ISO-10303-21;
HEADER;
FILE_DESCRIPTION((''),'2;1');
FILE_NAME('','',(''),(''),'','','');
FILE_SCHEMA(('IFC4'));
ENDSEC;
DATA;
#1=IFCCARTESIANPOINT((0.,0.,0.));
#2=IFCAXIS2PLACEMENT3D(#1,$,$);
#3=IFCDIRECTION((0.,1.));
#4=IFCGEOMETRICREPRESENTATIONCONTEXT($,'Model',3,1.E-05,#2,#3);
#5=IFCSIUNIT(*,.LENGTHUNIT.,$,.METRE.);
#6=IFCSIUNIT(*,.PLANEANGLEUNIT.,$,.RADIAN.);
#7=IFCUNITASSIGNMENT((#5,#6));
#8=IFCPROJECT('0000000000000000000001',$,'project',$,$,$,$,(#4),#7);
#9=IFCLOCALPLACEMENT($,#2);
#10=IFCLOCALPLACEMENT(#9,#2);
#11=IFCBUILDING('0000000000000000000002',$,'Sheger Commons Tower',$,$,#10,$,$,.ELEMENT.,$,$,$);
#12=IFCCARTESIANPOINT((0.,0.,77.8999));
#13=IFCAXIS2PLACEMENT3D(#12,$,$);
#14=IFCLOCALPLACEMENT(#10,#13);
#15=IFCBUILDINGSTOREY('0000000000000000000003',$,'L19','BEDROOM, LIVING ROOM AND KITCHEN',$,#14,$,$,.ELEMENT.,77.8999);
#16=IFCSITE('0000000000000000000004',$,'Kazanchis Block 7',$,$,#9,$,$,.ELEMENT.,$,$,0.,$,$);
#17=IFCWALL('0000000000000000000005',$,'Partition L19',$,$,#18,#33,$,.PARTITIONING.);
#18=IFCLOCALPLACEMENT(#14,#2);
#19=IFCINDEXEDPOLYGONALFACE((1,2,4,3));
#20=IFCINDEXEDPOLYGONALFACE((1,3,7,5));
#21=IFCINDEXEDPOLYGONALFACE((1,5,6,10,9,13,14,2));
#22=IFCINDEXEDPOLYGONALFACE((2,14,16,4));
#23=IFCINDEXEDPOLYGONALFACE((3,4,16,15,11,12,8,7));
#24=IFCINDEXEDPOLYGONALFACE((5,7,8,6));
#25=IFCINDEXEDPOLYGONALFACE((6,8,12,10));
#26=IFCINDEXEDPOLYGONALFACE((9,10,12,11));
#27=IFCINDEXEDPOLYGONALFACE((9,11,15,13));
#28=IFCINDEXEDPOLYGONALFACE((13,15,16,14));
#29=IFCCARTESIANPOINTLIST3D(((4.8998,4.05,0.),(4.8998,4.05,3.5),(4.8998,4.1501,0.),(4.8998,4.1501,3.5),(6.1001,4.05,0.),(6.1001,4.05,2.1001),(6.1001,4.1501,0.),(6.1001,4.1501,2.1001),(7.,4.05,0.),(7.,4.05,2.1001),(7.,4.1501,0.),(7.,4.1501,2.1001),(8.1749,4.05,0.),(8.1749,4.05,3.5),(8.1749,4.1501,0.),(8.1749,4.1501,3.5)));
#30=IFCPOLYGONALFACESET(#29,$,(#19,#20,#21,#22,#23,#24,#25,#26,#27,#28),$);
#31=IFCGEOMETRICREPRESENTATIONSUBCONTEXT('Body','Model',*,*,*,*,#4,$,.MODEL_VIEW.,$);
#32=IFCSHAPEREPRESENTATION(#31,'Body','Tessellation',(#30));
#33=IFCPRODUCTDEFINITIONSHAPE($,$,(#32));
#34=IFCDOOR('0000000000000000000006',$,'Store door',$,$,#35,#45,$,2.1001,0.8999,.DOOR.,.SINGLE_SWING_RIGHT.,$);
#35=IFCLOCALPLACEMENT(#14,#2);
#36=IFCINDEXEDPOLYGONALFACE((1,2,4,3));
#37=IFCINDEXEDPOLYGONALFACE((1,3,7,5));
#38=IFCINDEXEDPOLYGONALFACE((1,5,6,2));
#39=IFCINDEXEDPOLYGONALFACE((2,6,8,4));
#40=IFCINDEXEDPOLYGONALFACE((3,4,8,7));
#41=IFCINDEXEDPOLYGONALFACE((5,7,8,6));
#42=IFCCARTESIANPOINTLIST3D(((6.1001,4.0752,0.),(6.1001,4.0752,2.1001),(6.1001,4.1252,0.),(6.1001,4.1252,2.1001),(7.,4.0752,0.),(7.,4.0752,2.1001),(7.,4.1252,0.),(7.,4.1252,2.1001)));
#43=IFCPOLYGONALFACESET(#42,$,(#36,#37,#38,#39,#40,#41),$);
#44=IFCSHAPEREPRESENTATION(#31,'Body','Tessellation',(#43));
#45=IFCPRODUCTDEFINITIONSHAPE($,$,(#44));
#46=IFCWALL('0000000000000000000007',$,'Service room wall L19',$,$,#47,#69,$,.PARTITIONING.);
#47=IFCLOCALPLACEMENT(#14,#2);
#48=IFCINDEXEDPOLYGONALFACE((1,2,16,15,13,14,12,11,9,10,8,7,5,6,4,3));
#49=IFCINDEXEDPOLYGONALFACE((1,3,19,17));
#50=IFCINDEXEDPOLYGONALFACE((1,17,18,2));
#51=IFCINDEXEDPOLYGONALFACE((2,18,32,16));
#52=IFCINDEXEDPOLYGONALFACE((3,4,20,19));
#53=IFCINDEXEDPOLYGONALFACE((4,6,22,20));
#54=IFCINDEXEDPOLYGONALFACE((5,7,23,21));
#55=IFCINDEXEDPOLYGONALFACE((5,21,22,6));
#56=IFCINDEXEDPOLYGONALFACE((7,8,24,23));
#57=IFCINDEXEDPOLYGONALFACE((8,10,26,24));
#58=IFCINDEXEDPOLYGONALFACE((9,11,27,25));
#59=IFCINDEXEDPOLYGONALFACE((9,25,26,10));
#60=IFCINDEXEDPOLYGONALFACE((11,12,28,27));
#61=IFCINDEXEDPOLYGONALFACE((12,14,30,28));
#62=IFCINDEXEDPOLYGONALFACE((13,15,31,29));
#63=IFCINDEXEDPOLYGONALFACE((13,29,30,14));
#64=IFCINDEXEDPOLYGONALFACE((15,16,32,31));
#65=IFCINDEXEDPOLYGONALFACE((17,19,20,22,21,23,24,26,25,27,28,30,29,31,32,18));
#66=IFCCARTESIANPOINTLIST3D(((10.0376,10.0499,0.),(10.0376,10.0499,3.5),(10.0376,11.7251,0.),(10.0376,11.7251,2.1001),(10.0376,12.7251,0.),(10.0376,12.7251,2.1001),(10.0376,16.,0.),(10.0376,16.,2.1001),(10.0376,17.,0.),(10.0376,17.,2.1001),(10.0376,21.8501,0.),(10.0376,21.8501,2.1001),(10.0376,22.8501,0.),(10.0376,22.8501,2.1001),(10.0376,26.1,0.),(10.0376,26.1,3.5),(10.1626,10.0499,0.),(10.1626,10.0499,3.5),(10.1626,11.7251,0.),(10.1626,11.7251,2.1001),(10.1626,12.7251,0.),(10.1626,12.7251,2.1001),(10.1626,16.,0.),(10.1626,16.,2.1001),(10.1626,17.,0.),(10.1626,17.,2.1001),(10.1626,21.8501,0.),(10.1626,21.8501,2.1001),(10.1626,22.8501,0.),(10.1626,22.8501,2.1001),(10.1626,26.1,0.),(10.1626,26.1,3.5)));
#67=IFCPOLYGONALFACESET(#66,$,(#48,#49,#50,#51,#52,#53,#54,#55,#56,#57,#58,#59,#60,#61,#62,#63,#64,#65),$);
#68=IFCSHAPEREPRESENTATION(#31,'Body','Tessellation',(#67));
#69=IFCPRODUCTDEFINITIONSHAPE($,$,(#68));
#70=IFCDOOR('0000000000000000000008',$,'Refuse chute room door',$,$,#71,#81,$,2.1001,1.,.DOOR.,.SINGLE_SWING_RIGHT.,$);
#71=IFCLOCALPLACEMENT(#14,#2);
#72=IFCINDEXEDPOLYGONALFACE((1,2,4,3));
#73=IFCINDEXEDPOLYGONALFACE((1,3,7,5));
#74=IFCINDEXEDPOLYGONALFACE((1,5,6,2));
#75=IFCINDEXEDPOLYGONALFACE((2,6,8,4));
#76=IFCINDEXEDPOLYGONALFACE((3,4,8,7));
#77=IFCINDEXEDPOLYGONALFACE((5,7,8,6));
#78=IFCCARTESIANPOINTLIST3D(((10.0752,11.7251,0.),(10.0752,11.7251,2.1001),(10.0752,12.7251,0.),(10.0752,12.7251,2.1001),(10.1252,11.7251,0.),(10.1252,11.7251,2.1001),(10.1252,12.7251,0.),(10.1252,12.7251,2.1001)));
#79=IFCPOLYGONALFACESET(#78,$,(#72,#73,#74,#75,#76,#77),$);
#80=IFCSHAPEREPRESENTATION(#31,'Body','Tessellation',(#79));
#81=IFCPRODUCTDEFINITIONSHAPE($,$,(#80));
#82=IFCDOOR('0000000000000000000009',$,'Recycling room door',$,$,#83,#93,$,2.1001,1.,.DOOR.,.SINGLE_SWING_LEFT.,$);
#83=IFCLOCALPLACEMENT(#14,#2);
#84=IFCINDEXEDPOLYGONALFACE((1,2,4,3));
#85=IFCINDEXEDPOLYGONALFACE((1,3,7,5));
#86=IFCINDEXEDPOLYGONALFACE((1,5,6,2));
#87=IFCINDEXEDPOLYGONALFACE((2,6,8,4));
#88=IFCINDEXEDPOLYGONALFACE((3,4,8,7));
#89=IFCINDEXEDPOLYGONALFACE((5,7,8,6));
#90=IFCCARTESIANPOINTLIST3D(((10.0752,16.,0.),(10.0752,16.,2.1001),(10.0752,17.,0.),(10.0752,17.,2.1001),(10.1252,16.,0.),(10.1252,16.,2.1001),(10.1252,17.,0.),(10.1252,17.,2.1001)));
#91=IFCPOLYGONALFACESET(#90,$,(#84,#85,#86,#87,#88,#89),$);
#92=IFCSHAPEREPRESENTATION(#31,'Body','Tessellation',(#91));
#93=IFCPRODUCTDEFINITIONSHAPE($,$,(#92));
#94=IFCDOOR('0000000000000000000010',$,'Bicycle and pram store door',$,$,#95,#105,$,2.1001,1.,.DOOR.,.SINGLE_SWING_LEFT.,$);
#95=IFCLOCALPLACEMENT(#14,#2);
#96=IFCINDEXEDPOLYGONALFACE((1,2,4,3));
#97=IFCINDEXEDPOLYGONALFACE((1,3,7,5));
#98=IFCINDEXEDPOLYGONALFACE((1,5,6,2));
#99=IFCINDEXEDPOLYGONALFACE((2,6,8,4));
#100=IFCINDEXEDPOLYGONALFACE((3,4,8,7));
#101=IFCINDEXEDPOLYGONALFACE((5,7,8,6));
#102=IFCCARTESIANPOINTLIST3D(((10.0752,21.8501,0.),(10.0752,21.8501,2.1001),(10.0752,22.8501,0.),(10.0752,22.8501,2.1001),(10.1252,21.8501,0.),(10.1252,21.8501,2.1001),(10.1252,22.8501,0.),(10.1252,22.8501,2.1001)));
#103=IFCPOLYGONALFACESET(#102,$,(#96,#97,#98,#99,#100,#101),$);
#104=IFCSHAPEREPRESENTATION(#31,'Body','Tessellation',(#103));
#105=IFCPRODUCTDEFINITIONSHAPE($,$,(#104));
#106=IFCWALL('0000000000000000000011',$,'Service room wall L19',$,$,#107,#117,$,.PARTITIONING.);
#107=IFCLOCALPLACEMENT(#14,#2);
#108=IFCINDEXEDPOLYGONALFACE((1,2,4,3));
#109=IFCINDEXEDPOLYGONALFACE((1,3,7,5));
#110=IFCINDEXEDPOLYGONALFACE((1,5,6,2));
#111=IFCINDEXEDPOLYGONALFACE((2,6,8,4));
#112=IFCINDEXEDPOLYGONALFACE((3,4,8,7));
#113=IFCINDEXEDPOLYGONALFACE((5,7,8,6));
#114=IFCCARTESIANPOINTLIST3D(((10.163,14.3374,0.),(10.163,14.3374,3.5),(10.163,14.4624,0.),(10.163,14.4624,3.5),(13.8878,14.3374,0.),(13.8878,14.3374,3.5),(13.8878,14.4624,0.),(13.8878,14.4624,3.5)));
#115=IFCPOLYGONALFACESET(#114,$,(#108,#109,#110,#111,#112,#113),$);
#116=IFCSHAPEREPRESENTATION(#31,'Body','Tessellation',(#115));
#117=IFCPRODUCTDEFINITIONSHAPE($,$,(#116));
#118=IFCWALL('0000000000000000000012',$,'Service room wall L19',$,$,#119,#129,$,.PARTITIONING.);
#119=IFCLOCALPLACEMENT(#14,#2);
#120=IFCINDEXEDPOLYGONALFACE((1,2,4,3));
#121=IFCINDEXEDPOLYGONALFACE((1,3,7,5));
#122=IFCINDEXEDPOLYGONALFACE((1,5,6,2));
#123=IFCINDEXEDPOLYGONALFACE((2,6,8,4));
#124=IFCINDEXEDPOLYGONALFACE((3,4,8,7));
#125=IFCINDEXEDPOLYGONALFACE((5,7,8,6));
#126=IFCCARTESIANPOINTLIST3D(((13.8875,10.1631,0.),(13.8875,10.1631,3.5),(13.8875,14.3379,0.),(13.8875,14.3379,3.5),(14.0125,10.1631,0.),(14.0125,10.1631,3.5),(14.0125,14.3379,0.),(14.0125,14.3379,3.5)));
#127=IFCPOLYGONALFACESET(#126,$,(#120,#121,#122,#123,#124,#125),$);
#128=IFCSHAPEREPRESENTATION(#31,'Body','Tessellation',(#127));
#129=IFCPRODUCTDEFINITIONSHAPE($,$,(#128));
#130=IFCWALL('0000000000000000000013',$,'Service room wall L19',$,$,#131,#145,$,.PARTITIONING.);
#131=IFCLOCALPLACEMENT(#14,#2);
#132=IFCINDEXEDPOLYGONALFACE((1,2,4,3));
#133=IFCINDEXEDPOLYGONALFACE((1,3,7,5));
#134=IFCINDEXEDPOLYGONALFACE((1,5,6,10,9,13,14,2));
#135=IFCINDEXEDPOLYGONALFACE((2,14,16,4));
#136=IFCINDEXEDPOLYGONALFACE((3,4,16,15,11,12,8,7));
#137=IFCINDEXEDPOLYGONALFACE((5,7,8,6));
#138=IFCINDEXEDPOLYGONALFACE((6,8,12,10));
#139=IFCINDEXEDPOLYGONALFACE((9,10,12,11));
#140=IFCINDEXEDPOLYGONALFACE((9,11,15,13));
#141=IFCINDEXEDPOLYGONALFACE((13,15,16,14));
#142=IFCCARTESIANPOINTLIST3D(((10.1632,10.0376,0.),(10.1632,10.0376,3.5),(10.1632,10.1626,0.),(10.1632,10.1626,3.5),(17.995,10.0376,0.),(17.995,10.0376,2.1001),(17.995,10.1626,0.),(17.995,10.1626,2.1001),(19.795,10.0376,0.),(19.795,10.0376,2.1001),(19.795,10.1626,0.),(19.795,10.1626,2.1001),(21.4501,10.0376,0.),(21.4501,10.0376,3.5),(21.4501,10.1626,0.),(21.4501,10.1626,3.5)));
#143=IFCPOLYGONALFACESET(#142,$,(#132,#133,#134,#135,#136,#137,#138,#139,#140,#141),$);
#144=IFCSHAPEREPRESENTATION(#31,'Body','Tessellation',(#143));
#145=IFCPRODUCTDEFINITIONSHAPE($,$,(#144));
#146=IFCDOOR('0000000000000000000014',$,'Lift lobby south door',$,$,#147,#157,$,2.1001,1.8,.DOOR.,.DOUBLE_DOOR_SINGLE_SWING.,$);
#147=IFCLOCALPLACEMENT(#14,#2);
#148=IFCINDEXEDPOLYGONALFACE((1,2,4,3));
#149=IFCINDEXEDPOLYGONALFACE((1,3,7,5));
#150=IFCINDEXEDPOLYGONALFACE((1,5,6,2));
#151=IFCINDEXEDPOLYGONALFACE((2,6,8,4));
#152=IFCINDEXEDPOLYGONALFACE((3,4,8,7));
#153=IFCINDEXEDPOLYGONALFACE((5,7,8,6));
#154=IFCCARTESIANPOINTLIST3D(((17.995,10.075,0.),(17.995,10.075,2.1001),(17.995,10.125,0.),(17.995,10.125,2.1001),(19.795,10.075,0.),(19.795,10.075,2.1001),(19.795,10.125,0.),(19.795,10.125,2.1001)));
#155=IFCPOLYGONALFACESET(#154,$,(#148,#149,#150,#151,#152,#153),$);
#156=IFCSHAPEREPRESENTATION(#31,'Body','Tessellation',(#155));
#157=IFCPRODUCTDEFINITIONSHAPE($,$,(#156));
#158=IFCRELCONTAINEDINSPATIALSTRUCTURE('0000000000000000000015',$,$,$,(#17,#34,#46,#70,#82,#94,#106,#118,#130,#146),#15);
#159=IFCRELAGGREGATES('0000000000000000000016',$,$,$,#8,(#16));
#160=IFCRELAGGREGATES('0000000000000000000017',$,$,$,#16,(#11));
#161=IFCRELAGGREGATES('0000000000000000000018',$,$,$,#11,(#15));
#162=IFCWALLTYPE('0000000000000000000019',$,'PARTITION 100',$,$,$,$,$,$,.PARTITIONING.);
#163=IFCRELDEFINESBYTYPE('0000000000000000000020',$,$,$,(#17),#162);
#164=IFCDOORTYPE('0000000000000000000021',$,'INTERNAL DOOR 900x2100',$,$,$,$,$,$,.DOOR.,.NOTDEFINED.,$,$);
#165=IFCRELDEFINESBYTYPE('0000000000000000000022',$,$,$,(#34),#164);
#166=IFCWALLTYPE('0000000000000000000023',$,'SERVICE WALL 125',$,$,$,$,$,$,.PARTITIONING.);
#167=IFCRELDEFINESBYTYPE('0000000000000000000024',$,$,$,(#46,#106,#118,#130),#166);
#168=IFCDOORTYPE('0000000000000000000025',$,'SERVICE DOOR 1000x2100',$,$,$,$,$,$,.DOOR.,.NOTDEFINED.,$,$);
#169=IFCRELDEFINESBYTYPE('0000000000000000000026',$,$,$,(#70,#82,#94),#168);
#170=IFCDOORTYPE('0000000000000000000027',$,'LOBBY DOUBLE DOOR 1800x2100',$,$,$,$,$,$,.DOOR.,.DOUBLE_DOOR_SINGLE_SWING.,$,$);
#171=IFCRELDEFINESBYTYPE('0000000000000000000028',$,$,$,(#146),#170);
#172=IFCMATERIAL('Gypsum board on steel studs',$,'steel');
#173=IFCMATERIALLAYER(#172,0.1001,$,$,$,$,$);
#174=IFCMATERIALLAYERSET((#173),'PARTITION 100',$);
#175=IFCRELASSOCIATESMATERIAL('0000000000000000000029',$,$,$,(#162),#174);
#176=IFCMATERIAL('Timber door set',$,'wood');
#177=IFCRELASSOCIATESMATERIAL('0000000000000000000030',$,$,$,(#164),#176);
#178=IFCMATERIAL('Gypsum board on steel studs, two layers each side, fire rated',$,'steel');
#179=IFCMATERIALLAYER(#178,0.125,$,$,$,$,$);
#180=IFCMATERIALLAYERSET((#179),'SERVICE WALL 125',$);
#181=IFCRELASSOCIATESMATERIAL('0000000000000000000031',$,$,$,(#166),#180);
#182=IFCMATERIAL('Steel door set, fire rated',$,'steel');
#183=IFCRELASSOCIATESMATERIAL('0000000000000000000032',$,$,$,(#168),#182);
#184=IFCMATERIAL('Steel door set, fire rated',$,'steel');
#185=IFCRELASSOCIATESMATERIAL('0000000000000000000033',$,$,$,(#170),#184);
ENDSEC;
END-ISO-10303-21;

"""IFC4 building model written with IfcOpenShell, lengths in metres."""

from ifc_helpers import new_model, si_unit, direction, frame, frame_2d, origin, place, context, subcontext, project, spatial, rectangle, extrude, material, layer, layer_set, type_object, element, fill, save


model = new_model("IFC4")

# Units and contexts
model_context = context("Model", 3, precision=1e-05, world=origin(), true_north=direction((0.0, 1.0)))
body_context = subcontext(model_context, "Body", "Model", "MODEL_VIEW")
ifc_project = project(units=[si_unit("LENGTHUNIT", "METRE"), si_unit("PLANEANGLEUNIT", "RADIAN")], contexts=[model_context])

# Site, building, storey
site_placement = place(None, origin())
site = spatial("IfcSite", under=ifc_project, at=site_placement, Name="Kazanchis Block 7", CompositionType="ELEMENT", RefElevation=0.0)
building_placement = place(site_placement, origin())
building = spatial("IfcBuilding", under=site, at=building_placement, Name="Sheger Commons Tower", CompositionType="ELEMENT")
storey_placement = place(building_placement, frame((0.0, 0.0, 77.8999)))
storey = spatial("IfcBuildingStorey", under=building, at=storey_placement, Name="L19", Description="BEDROOM, LIVING ROOM AND KITCHEN", CompositionType="ELEMENT", Elevation=77.8999)

# Shared definitions
ifc_material_1 = material(Name="Gypsum board on steel studs", Category="steel")
ifc_layer_1 = layer(ifc_material_1, 0.1001)
ifc_layer_set_1 = layer_set([ifc_layer_1], Name="PARTITION 100")
wall_type_1 = type_object("IfcWallType", Name="PARTITION 100", PredefinedType="PARTITIONING", material=ifc_layer_set_1)

# Shared definitions
ifc_material_2 = material(Name="Timber door set", Category="wood")
door_type_1 = type_object("IfcDoorType", Name="INTERNAL DOOR 900x2100", OperationType="NOTDEFINED", PredefinedType="DOOR", material=ifc_material_2)

# Wall, opening, door
wall_1_placement = place(storey_placement, frame((8.175, 4.1001, 0.0), z_axis=(0.0, 0.0, 1.0), x_axis=(-1.0, 0.0, 0.0)))
wall_1 = element("IfcWall", 1, at=wall_1_placement, inside=storey, type_object=wall_type_1, Name="Partition L19", PredefinedType="PARTITIONING", context=body_context, shape_type="SweptSolid", body=[
    extrude(rectangle(XDim=3.2751, YDim=0.1001, at=frame_2d((1.6377, 0.0))), origin(), (0.0, 0.0, 1.0), 3.5),
])
opening_1_placement = place(wall_1_placement, frame((1.175, 0.0, 0.0)))
opening_1 = element("IfcOpeningElement", 2, at=opening_1_placement, cuts=wall_1, PredefinedType="OPENING", context=body_context, shape_type="SweptSolid", body=[
    extrude(rectangle(XDim=0.8999, YDim=2.1001, at=frame_2d((0.45, 1.05))), frame((0.0, 0.0601, 0.0), z_axis=(0.0, -1.0, 0.0), x_axis=(1.0, 0.0, 0.0)), (0.0, 0.0, 1.0), 0.1201),
])
door_1_placement = place(opening_1_placement, origin())
door_1 = element("IfcDoor", 3, at=door_1_placement, inside=storey, type_object=door_type_1, Name="Store door", OperationType="SINGLE_SWING_RIGHT", OverallHeight=2.1001, OverallWidth=0.8999, PredefinedType="DOOR", context=body_context, shape_type="SweptSolid", body=[
    extrude(rectangle(XDim=0.8999, YDim=2.1001, at=frame_2d((0.45, 1.05))), frame((0.0, 0.0249, 0.0), z_axis=(0.0, -1.0, 0.0), x_axis=(1.0, 0.0, 0.0)), (0.0, 0.0, 1.0), 0.05),
])
fill(opening_1, door_1)

# Wall, openings, doors
ifc_material_3 = material(Name="Gypsum board on steel studs, two layers each side, fire rated", Category="steel")
ifc_layer_2 = layer(ifc_material_3, 0.125)
ifc_layer_set_2 = layer_set([ifc_layer_2], Name="SERVICE WALL 125")
wall_type_2 = type_object("IfcWallType", Name="SERVICE WALL 125", PredefinedType="PARTITIONING", material=ifc_layer_set_2)
wall_2_placement = place(storey_placement, frame((10.1001, 10.05, 0.0), z_axis=(0.0, 0.0, 1.0), x_axis=(0.0, 1.0, 0.0)))
wall_2 = element("IfcWall", 4, at=wall_2_placement, inside=storey, type_object=wall_type_2, Name="Service room wall L19", PredefinedType="PARTITIONING", context=body_context, shape_type="SweptSolid", body=[
    extrude(rectangle(XDim=16.05, YDim=0.125, at=frame_2d((8.0249, 0.0))), origin(), (0.0, 0.0, 1.0), 3.5),
])
opening_2_placement = place(wall_2_placement, frame((1.675, 0.0, 0.0)))
opening_2 = element("IfcOpeningElement", 5, at=opening_2_placement, cuts=wall_2, PredefinedType="OPENING", context=body_context, shape_type="SweptSolid", body=[
    extrude(rectangle(XDim=1.0, YDim=2.1001, at=frame_2d((0.5, 1.05))), frame((0.0, 0.0725, 0.0), z_axis=(0.0, -1.0, 0.0), x_axis=(1.0, 0.0, 0.0)), (0.0, 0.0, 1.0), 0.145),
])
opening_3_placement = place(wall_2_placement, frame((5.95, 0.0, 0.0)))
opening_3 = element("IfcOpeningElement", 6, at=opening_3_placement, cuts=wall_2, PredefinedType="OPENING", context=body_context, shape_type="SweptSolid", body=[
    extrude(rectangle(XDim=1.0, YDim=2.1001, at=frame_2d((0.5, 1.05))), frame((0.0, 0.0725, 0.0), z_axis=(0.0, -1.0, 0.0), x_axis=(1.0, 0.0, 0.0)), (0.0, 0.0, 1.0), 0.145),
])
opening_4_placement = place(wall_2_placement, frame((11.8, 0.0, 0.0)))
opening_4 = element("IfcOpeningElement", 7, at=opening_4_placement, cuts=wall_2, PredefinedType="OPENING", context=body_context, shape_type="SweptSolid", body=[
    extrude(rectangle(XDim=1.0, YDim=2.1001, at=frame_2d((0.5, 1.05))), frame((0.0, 0.0725, 0.0), z_axis=(0.0, -1.0, 0.0), x_axis=(1.0, 0.0, 0.0)), (0.0, 0.0, 1.0), 0.145),
])
ifc_material_4 = material(Name="Steel door set, fire rated", Category="steel")
door_type_2 = type_object("IfcDoorType", Name="SERVICE DOOR 1000x2100", OperationType="NOTDEFINED", PredefinedType="DOOR", material=ifc_material_4)
door_2_placement = place(opening_2_placement, origin())
door_2 = element("IfcDoor", 8, at=door_2_placement, inside=storey, type_object=door_type_2, Name="Refuse chute room door", OperationType="SINGLE_SWING_RIGHT", OverallHeight=2.1001, OverallWidth=1.0, PredefinedType="DOOR", context=body_context, shape_type="SweptSolid", body=[
    extrude(rectangle(XDim=1.0, YDim=2.1001, at=frame_2d((0.5, 1.05))), frame((0.0, 0.0249, 0.0), z_axis=(0.0, -1.0, 0.0), x_axis=(1.0, 0.0, 0.0)), (0.0, 0.0, 1.0), 0.05),
])
fill(opening_2, door_2)
door_3_placement = place(opening_3_placement, origin())
door_3 = element("IfcDoor", 9, at=door_3_placement, inside=storey, type_object=door_type_2, Name="Recycling room door", OperationType="SINGLE_SWING_LEFT", OverallHeight=2.1001, OverallWidth=1.0, PredefinedType="DOOR", context=body_context, shape_type="SweptSolid", body=[
    extrude(rectangle(XDim=1.0, YDim=2.1001, at=frame_2d((0.5, 1.05))), frame((0.0, 0.0249, 0.0), z_axis=(0.0, -1.0, 0.0), x_axis=(1.0, 0.0, 0.0)), (0.0, 0.0, 1.0), 0.05),
])
fill(opening_3, door_3)
door_4_placement = place(opening_4_placement, origin())
door_4 = element("IfcDoor", 10, at=door_4_placement, inside=storey, type_object=door_type_2, Name="Bicycle and pram store door", OperationType="SINGLE_SWING_LEFT", OverallHeight=2.1001, OverallWidth=1.0, PredefinedType="DOOR", context=body_context, shape_type="SweptSolid", body=[
    extrude(rectangle(XDim=1.0, YDim=2.1001, at=frame_2d((0.5, 1.05))), frame((0.0, 0.0249, 0.0), z_axis=(0.0, -1.0, 0.0), x_axis=(1.0, 0.0, 0.0)), (0.0, 0.0, 1.0), 0.05),
])
fill(opening_4, door_4)

# Walls
wall_3_placement = place(storey_placement, frame((10.1631, 14.3999, 0.0), z_axis=(0.0, 0.0, 1.0), x_axis=(1.0, 0.0, 0.0)))
element("IfcWall", 11, at=wall_3_placement, inside=storey, type_object=wall_type_2, Name="Service room wall L19", PredefinedType="PARTITIONING", context=body_context, shape_type="SweptSolid", body=[
    extrude(rectangle(XDim=3.7249, YDim=0.125, at=frame_2d((1.8623, 0.0))), origin(), (0.0, 0.0, 1.0), 3.5),
])
wall_4_placement = place(storey_placement, frame((13.95, 10.1631, 0.0), z_axis=(0.0, 0.0, 1.0), x_axis=(0.0, 1.0, 0.0)))
element("IfcWall", 12, at=wall_4_placement, inside=storey, type_object=wall_type_2, Name="Service room wall L19", PredefinedType="PARTITIONING", context=body_context, shape_type="SweptSolid", body=[
    extrude(rectangle(XDim=4.1748, YDim=0.125, at=frame_2d((2.0874, 0.0))), origin(), (0.0, 0.0, 1.0), 3.5),
])

# Wall, opening, door
wall_5_placement = place(storey_placement, frame((10.1631, 10.1001, 0.0), z_axis=(0.0, 0.0, 1.0), x_axis=(1.0, 0.0, 0.0)))
wall_5 = element("IfcWall", 13, at=wall_5_placement, inside=storey, type_object=wall_type_2, Name="Service room wall L19", PredefinedType="PARTITIONING", context=body_context, shape_type="SweptSolid", body=[
    extrude(rectangle(XDim=11.2869, YDim=0.125, at=frame_2d((5.6436, 0.0))), origin(), (0.0, 0.0, 1.0), 3.5),
])
opening_5_placement = place(wall_5_placement, frame((7.832, 0.0, 0.0)))
opening_5 = element("IfcOpeningElement", 14, at=opening_5_placement, cuts=wall_5, PredefinedType="OPENING", context=body_context, shape_type="SweptSolid", body=[
    extrude(rectangle(XDim=1.8, YDim=2.1001, at=frame_2d((0.8999, 1.05))), frame((0.0, 0.0725, 0.0), z_axis=(0.0, -1.0, 0.0), x_axis=(1.0, 0.0, 0.0)), (0.0, 0.0, 1.0), 0.145),
])
ifc_material_5 = material(Name="Steel door set, fire rated", Category="steel")
door_type_3 = type_object("IfcDoorType", Name="LOBBY DOUBLE DOOR 1800x2100", OperationType="DOUBLE_DOOR_SINGLE_SWING", PredefinedType="DOOR", material=ifc_material_5)
door_5_placement = place(opening_5_placement, origin())
door_5 = element("IfcDoor", 15, at=door_5_placement, inside=storey, type_object=door_type_3, Name="Lift lobby south door", OperationType="DOUBLE_DOOR_SINGLE_SWING", OverallHeight=2.1001, OverallWidth=1.8, PredefinedType="DOOR", context=body_context, shape_type="SweptSolid", body=[
    extrude(rectangle(XDim=1.8, YDim=2.1001, at=frame_2d((0.8999, 1.05))), frame((0.0, 0.0249, 0.0), z_axis=(0.0, -1.0, 0.0), x_axis=(1.0, 0.0, 0.0)), (0.0, 0.0, 1.0), 0.05),
])
fill(opening_5, door_5)

save(model, "model.ifc")
